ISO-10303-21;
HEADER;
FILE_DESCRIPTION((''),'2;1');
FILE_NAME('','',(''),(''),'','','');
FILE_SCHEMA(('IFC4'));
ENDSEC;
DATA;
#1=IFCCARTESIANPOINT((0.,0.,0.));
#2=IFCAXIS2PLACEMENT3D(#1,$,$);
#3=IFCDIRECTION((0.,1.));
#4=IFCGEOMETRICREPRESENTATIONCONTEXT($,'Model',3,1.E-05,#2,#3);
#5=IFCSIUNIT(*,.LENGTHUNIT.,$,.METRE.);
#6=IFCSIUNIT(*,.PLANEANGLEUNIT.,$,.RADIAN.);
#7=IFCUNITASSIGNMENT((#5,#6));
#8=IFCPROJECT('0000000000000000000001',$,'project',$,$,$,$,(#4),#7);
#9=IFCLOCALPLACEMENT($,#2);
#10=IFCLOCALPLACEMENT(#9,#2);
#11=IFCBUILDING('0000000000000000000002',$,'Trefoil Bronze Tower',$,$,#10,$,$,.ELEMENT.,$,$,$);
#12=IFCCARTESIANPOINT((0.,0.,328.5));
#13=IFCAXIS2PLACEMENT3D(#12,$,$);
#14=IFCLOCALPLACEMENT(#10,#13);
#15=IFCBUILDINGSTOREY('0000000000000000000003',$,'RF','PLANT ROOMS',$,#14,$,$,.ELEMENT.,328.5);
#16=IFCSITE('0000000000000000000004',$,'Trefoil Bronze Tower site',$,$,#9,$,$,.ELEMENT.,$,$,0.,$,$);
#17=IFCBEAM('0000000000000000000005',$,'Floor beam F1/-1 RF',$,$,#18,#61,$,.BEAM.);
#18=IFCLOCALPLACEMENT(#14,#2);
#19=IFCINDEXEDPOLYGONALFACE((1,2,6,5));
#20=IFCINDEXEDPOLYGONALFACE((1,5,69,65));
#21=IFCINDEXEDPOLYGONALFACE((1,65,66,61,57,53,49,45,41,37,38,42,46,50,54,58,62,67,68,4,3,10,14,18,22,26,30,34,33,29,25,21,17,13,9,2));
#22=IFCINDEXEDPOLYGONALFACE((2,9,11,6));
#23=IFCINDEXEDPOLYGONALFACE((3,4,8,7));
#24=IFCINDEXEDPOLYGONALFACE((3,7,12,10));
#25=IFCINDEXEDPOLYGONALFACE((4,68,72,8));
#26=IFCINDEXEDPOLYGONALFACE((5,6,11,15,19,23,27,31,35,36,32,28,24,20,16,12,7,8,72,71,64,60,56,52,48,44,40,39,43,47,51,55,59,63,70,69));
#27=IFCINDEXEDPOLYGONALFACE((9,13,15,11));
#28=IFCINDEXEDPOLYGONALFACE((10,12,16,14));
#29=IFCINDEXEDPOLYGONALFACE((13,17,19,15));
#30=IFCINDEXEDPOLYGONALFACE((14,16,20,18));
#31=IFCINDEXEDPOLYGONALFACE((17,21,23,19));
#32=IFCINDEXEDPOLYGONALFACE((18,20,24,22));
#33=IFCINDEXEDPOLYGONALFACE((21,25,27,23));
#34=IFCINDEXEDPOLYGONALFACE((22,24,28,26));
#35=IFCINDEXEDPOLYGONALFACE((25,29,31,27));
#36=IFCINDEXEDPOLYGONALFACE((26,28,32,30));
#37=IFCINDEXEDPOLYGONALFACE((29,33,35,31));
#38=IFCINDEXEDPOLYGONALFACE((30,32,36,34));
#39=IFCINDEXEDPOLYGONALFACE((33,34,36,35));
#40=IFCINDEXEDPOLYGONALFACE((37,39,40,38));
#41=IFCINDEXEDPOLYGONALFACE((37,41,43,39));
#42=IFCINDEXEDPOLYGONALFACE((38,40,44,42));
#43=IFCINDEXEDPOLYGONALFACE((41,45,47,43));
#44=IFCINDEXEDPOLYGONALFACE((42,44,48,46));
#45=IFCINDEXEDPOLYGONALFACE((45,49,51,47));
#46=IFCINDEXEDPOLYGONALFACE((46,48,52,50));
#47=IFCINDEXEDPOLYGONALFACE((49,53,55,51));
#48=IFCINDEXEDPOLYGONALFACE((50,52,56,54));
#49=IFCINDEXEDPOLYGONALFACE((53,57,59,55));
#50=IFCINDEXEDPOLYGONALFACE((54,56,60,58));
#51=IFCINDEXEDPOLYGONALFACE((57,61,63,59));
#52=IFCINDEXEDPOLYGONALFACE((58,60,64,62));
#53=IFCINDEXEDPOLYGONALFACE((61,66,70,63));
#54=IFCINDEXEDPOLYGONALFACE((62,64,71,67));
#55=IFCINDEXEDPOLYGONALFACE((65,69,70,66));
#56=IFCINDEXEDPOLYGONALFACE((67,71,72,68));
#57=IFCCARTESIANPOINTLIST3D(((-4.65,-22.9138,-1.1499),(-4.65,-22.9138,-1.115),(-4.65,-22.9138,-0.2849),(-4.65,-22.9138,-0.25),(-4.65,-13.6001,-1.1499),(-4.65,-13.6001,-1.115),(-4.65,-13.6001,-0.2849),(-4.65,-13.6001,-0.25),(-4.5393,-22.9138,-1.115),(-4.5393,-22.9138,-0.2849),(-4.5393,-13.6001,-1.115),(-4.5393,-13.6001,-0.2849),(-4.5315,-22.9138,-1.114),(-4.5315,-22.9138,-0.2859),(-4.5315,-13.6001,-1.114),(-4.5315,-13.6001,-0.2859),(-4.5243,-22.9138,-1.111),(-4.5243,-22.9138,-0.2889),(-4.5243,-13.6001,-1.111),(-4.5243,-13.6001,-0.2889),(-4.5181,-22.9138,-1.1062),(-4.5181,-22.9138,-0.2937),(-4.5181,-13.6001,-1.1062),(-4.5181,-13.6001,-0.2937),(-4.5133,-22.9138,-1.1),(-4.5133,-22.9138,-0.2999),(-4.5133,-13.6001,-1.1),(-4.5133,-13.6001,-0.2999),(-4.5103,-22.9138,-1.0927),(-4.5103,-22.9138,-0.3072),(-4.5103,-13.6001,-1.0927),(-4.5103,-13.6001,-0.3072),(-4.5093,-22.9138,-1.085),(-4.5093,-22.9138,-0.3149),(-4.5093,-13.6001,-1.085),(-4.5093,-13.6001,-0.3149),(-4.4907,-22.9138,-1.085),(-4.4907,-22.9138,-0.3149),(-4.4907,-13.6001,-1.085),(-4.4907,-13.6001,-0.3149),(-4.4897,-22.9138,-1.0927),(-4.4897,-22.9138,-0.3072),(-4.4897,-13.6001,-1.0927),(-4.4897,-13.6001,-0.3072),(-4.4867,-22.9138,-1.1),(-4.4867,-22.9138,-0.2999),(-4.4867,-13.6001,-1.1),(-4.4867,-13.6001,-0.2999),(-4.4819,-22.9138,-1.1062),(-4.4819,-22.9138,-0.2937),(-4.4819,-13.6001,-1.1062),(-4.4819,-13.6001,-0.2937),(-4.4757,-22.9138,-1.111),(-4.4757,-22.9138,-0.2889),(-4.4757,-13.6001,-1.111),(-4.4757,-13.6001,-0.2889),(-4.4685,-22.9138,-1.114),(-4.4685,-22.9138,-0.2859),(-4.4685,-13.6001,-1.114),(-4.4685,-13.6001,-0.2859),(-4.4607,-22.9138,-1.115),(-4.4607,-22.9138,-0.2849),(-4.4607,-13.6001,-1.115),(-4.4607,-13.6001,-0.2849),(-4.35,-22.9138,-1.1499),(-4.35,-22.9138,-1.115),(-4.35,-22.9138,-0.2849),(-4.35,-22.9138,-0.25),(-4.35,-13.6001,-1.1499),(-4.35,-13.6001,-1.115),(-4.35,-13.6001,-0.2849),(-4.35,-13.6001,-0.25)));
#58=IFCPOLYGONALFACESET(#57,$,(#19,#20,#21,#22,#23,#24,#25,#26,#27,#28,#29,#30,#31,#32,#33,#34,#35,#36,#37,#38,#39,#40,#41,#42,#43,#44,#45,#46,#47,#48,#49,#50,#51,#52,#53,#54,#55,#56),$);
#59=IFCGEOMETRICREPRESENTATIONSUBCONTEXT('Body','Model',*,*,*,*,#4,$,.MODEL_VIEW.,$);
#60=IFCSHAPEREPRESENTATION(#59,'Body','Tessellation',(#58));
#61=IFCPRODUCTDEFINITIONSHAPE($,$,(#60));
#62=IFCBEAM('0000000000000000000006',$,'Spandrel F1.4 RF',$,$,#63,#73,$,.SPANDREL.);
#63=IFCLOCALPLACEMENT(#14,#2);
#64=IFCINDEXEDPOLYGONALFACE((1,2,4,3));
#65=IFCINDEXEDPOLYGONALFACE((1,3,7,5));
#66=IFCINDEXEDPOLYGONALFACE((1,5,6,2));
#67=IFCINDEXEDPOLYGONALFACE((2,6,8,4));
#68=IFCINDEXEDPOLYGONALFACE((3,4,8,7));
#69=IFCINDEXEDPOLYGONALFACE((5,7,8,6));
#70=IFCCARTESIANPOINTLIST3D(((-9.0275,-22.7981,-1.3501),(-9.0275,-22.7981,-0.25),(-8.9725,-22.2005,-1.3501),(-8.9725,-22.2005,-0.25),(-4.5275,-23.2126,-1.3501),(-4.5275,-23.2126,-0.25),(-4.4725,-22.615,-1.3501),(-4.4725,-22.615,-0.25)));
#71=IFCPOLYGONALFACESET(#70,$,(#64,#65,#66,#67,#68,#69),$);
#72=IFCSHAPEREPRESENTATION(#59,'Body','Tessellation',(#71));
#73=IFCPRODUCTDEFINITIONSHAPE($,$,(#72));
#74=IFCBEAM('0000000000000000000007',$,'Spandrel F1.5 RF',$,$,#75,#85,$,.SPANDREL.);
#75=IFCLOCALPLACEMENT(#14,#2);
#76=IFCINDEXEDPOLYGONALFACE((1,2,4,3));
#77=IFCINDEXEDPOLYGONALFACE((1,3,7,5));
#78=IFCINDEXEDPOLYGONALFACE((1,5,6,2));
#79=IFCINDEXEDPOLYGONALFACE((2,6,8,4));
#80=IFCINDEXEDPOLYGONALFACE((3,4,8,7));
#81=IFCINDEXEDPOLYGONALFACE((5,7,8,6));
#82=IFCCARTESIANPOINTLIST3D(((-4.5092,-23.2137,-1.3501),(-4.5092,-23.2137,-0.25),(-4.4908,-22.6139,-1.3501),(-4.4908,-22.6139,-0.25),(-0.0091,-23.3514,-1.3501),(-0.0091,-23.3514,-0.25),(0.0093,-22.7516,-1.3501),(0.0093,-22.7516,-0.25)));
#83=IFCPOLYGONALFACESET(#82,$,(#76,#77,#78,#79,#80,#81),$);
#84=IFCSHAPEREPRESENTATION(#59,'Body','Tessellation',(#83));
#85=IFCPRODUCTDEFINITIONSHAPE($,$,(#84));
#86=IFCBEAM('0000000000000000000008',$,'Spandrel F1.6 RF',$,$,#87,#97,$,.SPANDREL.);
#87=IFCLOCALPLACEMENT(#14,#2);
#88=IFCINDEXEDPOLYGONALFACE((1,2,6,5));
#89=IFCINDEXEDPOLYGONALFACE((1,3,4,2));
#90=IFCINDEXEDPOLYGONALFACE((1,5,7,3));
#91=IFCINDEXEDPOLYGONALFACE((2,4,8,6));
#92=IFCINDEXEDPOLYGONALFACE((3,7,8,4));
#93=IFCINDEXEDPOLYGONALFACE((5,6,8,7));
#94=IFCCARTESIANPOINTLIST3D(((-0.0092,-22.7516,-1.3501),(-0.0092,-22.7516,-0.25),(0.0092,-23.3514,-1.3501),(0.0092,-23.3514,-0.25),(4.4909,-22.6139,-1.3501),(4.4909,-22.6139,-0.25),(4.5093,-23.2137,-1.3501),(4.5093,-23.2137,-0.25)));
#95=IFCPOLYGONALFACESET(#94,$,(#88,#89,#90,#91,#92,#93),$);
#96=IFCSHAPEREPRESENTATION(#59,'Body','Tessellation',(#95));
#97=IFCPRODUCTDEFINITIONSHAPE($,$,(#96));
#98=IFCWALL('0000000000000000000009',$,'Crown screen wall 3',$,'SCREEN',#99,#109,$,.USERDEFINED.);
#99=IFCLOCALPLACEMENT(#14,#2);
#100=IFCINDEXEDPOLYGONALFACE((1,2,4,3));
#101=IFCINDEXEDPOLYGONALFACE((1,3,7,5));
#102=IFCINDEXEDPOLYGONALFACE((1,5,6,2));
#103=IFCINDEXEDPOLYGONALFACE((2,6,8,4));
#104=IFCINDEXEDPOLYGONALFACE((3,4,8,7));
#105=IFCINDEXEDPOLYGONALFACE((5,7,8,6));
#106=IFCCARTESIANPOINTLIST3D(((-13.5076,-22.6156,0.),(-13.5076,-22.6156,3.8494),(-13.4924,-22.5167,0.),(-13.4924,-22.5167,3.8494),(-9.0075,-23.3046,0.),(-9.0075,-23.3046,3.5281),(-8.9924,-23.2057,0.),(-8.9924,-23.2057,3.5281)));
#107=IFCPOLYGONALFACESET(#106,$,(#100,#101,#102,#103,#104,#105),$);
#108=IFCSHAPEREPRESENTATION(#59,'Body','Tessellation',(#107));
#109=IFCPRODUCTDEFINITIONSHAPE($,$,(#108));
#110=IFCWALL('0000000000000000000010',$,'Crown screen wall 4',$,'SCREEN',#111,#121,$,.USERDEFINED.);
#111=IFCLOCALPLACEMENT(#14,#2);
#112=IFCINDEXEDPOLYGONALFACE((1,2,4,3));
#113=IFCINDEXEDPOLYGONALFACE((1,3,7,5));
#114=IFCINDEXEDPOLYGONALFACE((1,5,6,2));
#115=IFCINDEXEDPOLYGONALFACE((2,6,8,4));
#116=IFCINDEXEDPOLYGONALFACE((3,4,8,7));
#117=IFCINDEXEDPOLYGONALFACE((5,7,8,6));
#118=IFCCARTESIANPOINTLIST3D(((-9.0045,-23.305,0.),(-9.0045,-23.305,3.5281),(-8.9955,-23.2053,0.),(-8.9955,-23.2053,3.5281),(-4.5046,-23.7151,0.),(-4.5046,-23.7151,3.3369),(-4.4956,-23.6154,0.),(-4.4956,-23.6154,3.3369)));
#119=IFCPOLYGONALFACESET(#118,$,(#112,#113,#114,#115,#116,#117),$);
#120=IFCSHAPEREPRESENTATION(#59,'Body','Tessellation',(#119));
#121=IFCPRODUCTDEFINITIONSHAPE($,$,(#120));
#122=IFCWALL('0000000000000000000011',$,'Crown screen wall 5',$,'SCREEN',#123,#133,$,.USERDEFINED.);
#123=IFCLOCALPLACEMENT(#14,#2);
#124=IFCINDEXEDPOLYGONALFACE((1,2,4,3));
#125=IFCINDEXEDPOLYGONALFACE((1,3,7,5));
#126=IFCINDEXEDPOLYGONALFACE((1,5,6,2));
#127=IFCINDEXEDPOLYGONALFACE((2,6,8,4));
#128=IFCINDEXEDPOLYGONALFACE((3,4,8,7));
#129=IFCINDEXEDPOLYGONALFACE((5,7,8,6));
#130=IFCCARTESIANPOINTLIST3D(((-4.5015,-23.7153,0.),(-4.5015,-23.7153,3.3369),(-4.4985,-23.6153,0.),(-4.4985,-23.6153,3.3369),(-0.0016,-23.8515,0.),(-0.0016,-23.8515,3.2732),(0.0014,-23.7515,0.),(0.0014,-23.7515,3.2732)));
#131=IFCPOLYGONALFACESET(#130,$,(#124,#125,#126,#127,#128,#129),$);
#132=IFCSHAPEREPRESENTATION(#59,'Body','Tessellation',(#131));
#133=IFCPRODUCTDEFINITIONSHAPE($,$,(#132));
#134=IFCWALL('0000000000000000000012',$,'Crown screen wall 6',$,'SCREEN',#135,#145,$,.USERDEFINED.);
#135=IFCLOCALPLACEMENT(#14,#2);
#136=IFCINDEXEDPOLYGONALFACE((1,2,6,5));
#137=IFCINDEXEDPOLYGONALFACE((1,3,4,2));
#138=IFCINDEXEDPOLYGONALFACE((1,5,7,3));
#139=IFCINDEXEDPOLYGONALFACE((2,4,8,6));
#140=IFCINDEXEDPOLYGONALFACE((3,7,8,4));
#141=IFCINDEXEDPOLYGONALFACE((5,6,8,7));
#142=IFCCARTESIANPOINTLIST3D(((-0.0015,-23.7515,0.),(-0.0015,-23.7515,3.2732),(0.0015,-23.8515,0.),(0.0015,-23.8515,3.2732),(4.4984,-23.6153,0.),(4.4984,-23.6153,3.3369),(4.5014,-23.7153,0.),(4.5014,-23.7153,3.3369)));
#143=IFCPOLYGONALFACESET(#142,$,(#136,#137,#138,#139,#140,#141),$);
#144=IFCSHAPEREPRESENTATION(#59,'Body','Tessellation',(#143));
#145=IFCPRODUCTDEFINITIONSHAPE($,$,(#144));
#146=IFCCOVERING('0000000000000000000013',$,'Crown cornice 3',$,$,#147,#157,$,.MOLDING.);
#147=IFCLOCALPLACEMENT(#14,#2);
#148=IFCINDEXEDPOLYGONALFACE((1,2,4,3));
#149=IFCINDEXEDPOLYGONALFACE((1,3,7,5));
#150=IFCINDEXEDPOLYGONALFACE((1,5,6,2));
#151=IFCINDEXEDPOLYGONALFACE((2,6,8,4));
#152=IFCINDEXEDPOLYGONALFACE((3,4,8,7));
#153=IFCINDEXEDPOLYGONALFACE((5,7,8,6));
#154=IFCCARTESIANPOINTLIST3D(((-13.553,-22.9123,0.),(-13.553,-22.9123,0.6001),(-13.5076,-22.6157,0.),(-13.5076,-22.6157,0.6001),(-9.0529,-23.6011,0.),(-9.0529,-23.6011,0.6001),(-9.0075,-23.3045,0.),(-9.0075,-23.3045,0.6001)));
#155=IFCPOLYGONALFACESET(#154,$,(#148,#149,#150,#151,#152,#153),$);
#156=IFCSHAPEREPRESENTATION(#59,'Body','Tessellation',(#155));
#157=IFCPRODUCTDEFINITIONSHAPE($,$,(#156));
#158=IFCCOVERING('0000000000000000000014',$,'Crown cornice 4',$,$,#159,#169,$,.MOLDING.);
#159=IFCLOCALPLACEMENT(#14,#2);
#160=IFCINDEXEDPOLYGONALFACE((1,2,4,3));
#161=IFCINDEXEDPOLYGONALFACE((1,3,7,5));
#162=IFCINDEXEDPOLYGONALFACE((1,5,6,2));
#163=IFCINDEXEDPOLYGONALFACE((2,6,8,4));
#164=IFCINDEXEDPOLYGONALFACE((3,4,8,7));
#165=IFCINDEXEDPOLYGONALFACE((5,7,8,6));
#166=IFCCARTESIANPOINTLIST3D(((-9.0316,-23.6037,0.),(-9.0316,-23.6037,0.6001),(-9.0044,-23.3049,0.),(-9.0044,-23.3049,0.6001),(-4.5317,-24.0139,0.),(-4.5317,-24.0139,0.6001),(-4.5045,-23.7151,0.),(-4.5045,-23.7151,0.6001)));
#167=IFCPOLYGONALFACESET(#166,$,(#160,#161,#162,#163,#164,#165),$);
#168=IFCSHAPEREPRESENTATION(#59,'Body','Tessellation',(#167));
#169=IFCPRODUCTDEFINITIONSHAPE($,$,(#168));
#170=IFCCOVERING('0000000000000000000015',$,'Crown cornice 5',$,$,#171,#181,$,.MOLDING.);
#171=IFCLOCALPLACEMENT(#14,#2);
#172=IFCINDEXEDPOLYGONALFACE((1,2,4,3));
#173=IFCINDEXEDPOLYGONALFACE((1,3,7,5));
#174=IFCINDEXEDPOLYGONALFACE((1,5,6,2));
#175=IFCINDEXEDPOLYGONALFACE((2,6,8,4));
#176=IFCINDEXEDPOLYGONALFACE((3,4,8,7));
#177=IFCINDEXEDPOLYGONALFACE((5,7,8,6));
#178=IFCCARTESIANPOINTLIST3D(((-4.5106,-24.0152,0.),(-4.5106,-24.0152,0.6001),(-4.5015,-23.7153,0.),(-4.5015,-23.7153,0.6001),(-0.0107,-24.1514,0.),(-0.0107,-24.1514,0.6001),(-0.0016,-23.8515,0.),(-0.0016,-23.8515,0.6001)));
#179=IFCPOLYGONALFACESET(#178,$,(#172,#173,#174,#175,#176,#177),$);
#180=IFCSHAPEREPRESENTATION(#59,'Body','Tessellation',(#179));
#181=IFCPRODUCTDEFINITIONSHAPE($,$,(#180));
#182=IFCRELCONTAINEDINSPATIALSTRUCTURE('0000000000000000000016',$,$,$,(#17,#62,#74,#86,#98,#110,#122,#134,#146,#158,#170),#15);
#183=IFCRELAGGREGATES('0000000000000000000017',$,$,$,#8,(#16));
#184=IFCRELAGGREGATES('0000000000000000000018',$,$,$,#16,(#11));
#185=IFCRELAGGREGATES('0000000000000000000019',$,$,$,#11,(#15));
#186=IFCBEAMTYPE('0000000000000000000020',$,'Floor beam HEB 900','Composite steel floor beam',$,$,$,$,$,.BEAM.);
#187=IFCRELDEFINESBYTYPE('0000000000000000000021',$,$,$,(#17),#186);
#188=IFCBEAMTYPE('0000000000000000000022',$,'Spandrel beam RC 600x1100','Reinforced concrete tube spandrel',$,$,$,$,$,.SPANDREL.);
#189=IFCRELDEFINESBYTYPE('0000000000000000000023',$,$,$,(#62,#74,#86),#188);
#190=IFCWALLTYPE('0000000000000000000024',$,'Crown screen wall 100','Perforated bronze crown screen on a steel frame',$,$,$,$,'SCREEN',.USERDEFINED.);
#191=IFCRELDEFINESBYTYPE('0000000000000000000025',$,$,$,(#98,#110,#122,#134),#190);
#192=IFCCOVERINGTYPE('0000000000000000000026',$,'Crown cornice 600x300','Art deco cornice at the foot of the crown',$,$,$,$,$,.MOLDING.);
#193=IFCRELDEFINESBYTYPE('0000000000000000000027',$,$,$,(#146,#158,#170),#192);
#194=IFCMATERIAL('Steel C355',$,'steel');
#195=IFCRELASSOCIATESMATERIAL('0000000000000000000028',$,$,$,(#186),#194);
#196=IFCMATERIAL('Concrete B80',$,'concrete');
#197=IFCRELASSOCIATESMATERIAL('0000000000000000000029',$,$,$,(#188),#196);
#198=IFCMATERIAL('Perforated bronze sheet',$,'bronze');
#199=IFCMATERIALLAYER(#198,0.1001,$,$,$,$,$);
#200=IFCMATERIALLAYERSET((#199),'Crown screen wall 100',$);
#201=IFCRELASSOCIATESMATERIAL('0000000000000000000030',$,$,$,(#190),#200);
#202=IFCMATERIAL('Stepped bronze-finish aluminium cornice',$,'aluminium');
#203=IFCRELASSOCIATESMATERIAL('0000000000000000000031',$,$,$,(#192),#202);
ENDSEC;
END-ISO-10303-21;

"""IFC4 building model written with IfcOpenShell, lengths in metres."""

from ifc_helpers import new_model, si_unit, direction, frame, origin, origin_2d, place, context, subcontext, project, spatial, polyline, rectangle, i_section, outline, extrude, material, layer, layer_set, material_profile, profile_set, type_object, element, save


model = new_model("IFC4")

# Units and contexts
model_context = context("Model", 3, precision=1e-05, world=origin(), true_north=direction((0.0, 1.0)))
body_context = subcontext(model_context, "Body", "Model", "MODEL_VIEW")
ifc_project = project(units=[si_unit("LENGTHUNIT", "METRE"), si_unit("PLANEANGLEUNIT", "RADIAN")], contexts=[model_context])

# Site, building, storey
site_placement = place(None, origin())
site = spatial("IfcSite", under=ifc_project, at=site_placement, Name="Trefoil Bronze Tower site", CompositionType="ELEMENT", RefElevation=0.0)
building_placement = place(site_placement, origin())
building = spatial("IfcBuilding", under=site, at=building_placement, Name="Trefoil Bronze Tower", CompositionType="ELEMENT")
storey_placement = place(building_placement, frame((0.0, 0.0, 328.5)))
storey = spatial("IfcBuildingStorey", under=building, at=storey_placement, Name="RF", Description="PLANT ROOMS", CompositionType="ELEMENT", Elevation=328.5)

# Beams
ifc_material_1 = material(Name="Steel C355", Category="steel")
ifc_material_profile_1 = material_profile(ifc_material_1, i_section(OverallWidth=0.3, OverallDepth=0.8999, WebThickness=0.0186, FlangeThickness=0.0349, FilletRadius=0.03, at=origin_2d()), Name="HEB 900")
ifc_profile_set_1 = profile_set([ifc_material_profile_1], Name="Steel C355")
beam_type_1 = type_object("IfcBeamType", Name="Floor beam HEB 900", Description="Composite steel floor beam", PredefinedType="BEAM", material=ifc_profile_set_1)
beam_1_placement = place(storey_placement, frame((-4.5, -22.9138, -0.7), z_axis=(0.0, 1.0, 0.0), x_axis=(-1.0, 0.0, 0.0)))
element("IfcBeam", 1, at=beam_1_placement, inside=storey, type_object=beam_type_1, Name="Floor beam F1/-1 RF", PredefinedType="BEAM", context=body_context, shape_type="SweptSolid", body=[
    extrude(i_section(OverallWidth=0.3, OverallDepth=0.8999, WebThickness=0.0186, FlangeThickness=0.0349, FilletRadius=0.03, at=origin_2d()), origin(), (0.0, 0.0, 1.0), 9.3137),
])
ifc_material_2 = material(Name="Concrete B80", Category="concrete")
ifc_material_profile_2 = material_profile(ifc_material_2, rectangle(XDim=0.6001, YDim=1.1001, at=origin_2d()), Name="RC 600x1100")
ifc_profile_set_2 = profile_set([ifc_material_profile_2], Name="Concrete B80")
beam_type_2 = type_object("IfcBeamType", Name="Spandrel beam RC 600x1100", Description="Reinforced concrete tube spandrel", PredefinedType="SPANDREL", material=ifc_profile_set_2)
beam_2_placement = place(storey_placement, frame((-9.0, -22.4993, -0.8), z_axis=(0.995784, -0.091734, 0.0), x_axis=(0.091734, 0.995784, 0.0)))
element("IfcBeam", 2, at=beam_2_placement, inside=storey, type_object=beam_type_2, Name="Spandrel F1.4 RF", PredefinedType="SPANDREL", context=body_context, shape_type="SweptSolid", body=[
    extrude(rectangle(XDim=0.6001, YDim=1.1001, at=origin_2d()), origin(), (0.0, 0.0, 1.0), 4.519),
])
for number, where, z_axis, x_axis, name in (
    (3, (-4.5, -22.9138, -0.8), (0.999532, -0.030585, 0.0), (0.030585, 0.999532, 0.0), "Spandrel F1.5 RF"),
    (4, (0.0, -23.0515, -0.8), (0.999532, 0.030585, 0.0), (-0.030585, 0.999532, 0.0), "Spandrel F1.6 RF"),
):
    element("IfcBeam", number, at=place(storey_placement, frame(where, z_axis=z_axis, x_axis=x_axis)), inside=storey, type_object=beam_type_2, Name=name, PredefinedType="SPANDREL", context=body_context, shape_type="SweptSolid", body=[
        extrude(rectangle(XDim=0.6001, YDim=1.1001, at=origin_2d()), origin(), (0.0, 0.0, 1.0), 4.5022),
    ])

# Walls
ifc_material_3 = material(Name="Perforated bronze sheet", Category="bronze")
ifc_layer = layer(ifc_material_3, 0.1001)
ifc_layer_set = layer_set([ifc_layer], Name="Crown screen wall 100")
wall_type = type_object("IfcWallType", Name="Crown screen wall 100", Description="Perforated bronze crown screen on a steel frame", ElementType="SCREEN", PredefinedType="USERDEFINED", material=ifc_layer_set)
wall_1_placement = place(storey_placement, frame((-13.5, -22.5662, 0.0), z_axis=(0.0, 0.0, 1.0), x_axis=(0.988482, -0.15134, 0.0)))
element("IfcWall", 5, at=wall_1_placement, inside=storey, type_object=wall_type, Name="Crown screen wall 3", ObjectType="SCREEN", PredefinedType="USERDEFINED", context=body_context, shape_type="SweptSolid", body=[
    extrude(outline(polyline([(0.0, 0.0), (4.5525, 0.0), (4.5525, 3.5281), (0.0, 3.8494), (0.0, 0.0)])), frame((0.0, 0.05, 0.0), z_axis=(0.0, -1.0, 0.0), x_axis=(1.0, 0.0, 0.0)), (0.0, 0.0, 1.0), 0.1001),
])
wall_2_placement = place(storey_placement, frame((-9.0, -23.2551, 0.0), z_axis=(0.0, 0.0, 1.0), x_axis=(0.995872, -0.09077, 0.0)))
element("IfcWall", 6, at=wall_2_placement, inside=storey, type_object=wall_type, Name="Crown screen wall 4", ObjectType="SCREEN", PredefinedType="USERDEFINED", context=body_context, shape_type="SweptSolid", body=[
    extrude(outline(polyline([(0.0, 0.0), (4.5186, 0.0), (4.5186, 3.3369), (0.0, 3.5281), (0.0, 0.0)])), frame((0.0, 0.05, 0.0), z_axis=(0.0, -1.0, 0.0), x_axis=(1.0, 0.0, 0.0)), (0.0, 0.0, 1.0), 0.1001),
])
wall_3_placement = place(storey_placement, frame((-4.5, -23.6653, 0.0), z_axis=(0.0, 0.0, 1.0), x_axis=(0.999542, -0.03026, 0.0)))
element("IfcWall", 7, at=wall_3_placement, inside=storey, type_object=wall_type, Name="Crown screen wall 5", ObjectType="SCREEN", PredefinedType="USERDEFINED", context=body_context, shape_type="SweptSolid", body=[
    extrude(outline(polyline([(0.0, 0.0), (4.502, 0.0), (4.502, 3.2732), (0.0, 3.3369), (0.0, 0.0)])), frame((0.0, 0.05, 0.0), z_axis=(0.0, -1.0, 0.0), x_axis=(1.0, 0.0, 0.0)), (0.0, 0.0, 1.0), 0.1001),
])
wall_4_placement = place(storey_placement, frame((0.0, -23.8015, 0.0), z_axis=(0.0, 0.0, 1.0), x_axis=(0.999542, 0.03026, 0.0)))
element("IfcWall", 8, at=wall_4_placement, inside=storey, type_object=wall_type, Name="Crown screen wall 6", ObjectType="SCREEN", PredefinedType="USERDEFINED", context=body_context, shape_type="SweptSolid", body=[
    extrude(outline(polyline([(0.0, 0.0), (4.502, 0.0), (4.502, 3.3369), (0.0, 3.2732), (0.0, 0.0)])), frame((0.0, 0.05, 0.0), z_axis=(0.0, -1.0, 0.0), x_axis=(1.0, 0.0, 0.0)), (0.0, 0.0, 1.0), 0.1001),
])

# Coverings
ifc_material_4 = material(Name="Stepped bronze-finish aluminium cornice", Category="aluminium")
covering_type = type_object("IfcCoveringType", Name="Crown cornice 600x300", Description="Art deco cornice at the foot of the crown", PredefinedType="MOLDING", material=ifc_material_4)
covering_1_placement = place(storey_placement, frame((-11.2803, -23.1084, 0.0), z_axis=(0.0, 0.0, 1.0), x_axis=(0.988485, -0.151317, 0.0)))
element("IfcCovering", 9, at=covering_1_placement, inside=storey, type_object=covering_type, Name="Crown cornice 3", PredefinedType="MOLDING", context=body_context, shape_type="SweptSolid", body=[
    extrude(rectangle(XDim=4.5525, YDim=0.3, at=origin_2d()), origin(), (0.0, 0.0, 1.0), 0.6001),
])
covering_2_placement = place(storey_placement, frame((-6.7681, -23.6594, 0.0), z_axis=(0.0, 0.0, 1.0), x_axis=(0.99587, -0.090789, 0.0)))
element("IfcCovering", 10, at=covering_2_placement, inside=storey, type_object=covering_type, Name="Crown cornice 4", PredefinedType="MOLDING", context=body_context, shape_type="SweptSolid", body=[
    extrude(rectangle(XDim=4.5186, YDim=0.3, at=origin_2d()), origin(), (0.0, 0.0, 1.0), 0.6001),
])
covering_3_placement = place(storey_placement, frame((-2.2561, -23.9333, 0.0), z_axis=(0.0, 0.0, 1.0), x_axis=(0.999542, -0.030263, 0.0)))
element("IfcCovering", 11, at=covering_3_placement, inside=storey, type_object=covering_type, Name="Crown cornice 5", PredefinedType="MOLDING", context=body_context, shape_type="SweptSolid", body=[
    extrude(rectangle(XDim=4.502, YDim=0.3, at=origin_2d()), origin(), (0.0, 0.0, 1.0), 0.6001),
])

save(model, "model.ifc")
